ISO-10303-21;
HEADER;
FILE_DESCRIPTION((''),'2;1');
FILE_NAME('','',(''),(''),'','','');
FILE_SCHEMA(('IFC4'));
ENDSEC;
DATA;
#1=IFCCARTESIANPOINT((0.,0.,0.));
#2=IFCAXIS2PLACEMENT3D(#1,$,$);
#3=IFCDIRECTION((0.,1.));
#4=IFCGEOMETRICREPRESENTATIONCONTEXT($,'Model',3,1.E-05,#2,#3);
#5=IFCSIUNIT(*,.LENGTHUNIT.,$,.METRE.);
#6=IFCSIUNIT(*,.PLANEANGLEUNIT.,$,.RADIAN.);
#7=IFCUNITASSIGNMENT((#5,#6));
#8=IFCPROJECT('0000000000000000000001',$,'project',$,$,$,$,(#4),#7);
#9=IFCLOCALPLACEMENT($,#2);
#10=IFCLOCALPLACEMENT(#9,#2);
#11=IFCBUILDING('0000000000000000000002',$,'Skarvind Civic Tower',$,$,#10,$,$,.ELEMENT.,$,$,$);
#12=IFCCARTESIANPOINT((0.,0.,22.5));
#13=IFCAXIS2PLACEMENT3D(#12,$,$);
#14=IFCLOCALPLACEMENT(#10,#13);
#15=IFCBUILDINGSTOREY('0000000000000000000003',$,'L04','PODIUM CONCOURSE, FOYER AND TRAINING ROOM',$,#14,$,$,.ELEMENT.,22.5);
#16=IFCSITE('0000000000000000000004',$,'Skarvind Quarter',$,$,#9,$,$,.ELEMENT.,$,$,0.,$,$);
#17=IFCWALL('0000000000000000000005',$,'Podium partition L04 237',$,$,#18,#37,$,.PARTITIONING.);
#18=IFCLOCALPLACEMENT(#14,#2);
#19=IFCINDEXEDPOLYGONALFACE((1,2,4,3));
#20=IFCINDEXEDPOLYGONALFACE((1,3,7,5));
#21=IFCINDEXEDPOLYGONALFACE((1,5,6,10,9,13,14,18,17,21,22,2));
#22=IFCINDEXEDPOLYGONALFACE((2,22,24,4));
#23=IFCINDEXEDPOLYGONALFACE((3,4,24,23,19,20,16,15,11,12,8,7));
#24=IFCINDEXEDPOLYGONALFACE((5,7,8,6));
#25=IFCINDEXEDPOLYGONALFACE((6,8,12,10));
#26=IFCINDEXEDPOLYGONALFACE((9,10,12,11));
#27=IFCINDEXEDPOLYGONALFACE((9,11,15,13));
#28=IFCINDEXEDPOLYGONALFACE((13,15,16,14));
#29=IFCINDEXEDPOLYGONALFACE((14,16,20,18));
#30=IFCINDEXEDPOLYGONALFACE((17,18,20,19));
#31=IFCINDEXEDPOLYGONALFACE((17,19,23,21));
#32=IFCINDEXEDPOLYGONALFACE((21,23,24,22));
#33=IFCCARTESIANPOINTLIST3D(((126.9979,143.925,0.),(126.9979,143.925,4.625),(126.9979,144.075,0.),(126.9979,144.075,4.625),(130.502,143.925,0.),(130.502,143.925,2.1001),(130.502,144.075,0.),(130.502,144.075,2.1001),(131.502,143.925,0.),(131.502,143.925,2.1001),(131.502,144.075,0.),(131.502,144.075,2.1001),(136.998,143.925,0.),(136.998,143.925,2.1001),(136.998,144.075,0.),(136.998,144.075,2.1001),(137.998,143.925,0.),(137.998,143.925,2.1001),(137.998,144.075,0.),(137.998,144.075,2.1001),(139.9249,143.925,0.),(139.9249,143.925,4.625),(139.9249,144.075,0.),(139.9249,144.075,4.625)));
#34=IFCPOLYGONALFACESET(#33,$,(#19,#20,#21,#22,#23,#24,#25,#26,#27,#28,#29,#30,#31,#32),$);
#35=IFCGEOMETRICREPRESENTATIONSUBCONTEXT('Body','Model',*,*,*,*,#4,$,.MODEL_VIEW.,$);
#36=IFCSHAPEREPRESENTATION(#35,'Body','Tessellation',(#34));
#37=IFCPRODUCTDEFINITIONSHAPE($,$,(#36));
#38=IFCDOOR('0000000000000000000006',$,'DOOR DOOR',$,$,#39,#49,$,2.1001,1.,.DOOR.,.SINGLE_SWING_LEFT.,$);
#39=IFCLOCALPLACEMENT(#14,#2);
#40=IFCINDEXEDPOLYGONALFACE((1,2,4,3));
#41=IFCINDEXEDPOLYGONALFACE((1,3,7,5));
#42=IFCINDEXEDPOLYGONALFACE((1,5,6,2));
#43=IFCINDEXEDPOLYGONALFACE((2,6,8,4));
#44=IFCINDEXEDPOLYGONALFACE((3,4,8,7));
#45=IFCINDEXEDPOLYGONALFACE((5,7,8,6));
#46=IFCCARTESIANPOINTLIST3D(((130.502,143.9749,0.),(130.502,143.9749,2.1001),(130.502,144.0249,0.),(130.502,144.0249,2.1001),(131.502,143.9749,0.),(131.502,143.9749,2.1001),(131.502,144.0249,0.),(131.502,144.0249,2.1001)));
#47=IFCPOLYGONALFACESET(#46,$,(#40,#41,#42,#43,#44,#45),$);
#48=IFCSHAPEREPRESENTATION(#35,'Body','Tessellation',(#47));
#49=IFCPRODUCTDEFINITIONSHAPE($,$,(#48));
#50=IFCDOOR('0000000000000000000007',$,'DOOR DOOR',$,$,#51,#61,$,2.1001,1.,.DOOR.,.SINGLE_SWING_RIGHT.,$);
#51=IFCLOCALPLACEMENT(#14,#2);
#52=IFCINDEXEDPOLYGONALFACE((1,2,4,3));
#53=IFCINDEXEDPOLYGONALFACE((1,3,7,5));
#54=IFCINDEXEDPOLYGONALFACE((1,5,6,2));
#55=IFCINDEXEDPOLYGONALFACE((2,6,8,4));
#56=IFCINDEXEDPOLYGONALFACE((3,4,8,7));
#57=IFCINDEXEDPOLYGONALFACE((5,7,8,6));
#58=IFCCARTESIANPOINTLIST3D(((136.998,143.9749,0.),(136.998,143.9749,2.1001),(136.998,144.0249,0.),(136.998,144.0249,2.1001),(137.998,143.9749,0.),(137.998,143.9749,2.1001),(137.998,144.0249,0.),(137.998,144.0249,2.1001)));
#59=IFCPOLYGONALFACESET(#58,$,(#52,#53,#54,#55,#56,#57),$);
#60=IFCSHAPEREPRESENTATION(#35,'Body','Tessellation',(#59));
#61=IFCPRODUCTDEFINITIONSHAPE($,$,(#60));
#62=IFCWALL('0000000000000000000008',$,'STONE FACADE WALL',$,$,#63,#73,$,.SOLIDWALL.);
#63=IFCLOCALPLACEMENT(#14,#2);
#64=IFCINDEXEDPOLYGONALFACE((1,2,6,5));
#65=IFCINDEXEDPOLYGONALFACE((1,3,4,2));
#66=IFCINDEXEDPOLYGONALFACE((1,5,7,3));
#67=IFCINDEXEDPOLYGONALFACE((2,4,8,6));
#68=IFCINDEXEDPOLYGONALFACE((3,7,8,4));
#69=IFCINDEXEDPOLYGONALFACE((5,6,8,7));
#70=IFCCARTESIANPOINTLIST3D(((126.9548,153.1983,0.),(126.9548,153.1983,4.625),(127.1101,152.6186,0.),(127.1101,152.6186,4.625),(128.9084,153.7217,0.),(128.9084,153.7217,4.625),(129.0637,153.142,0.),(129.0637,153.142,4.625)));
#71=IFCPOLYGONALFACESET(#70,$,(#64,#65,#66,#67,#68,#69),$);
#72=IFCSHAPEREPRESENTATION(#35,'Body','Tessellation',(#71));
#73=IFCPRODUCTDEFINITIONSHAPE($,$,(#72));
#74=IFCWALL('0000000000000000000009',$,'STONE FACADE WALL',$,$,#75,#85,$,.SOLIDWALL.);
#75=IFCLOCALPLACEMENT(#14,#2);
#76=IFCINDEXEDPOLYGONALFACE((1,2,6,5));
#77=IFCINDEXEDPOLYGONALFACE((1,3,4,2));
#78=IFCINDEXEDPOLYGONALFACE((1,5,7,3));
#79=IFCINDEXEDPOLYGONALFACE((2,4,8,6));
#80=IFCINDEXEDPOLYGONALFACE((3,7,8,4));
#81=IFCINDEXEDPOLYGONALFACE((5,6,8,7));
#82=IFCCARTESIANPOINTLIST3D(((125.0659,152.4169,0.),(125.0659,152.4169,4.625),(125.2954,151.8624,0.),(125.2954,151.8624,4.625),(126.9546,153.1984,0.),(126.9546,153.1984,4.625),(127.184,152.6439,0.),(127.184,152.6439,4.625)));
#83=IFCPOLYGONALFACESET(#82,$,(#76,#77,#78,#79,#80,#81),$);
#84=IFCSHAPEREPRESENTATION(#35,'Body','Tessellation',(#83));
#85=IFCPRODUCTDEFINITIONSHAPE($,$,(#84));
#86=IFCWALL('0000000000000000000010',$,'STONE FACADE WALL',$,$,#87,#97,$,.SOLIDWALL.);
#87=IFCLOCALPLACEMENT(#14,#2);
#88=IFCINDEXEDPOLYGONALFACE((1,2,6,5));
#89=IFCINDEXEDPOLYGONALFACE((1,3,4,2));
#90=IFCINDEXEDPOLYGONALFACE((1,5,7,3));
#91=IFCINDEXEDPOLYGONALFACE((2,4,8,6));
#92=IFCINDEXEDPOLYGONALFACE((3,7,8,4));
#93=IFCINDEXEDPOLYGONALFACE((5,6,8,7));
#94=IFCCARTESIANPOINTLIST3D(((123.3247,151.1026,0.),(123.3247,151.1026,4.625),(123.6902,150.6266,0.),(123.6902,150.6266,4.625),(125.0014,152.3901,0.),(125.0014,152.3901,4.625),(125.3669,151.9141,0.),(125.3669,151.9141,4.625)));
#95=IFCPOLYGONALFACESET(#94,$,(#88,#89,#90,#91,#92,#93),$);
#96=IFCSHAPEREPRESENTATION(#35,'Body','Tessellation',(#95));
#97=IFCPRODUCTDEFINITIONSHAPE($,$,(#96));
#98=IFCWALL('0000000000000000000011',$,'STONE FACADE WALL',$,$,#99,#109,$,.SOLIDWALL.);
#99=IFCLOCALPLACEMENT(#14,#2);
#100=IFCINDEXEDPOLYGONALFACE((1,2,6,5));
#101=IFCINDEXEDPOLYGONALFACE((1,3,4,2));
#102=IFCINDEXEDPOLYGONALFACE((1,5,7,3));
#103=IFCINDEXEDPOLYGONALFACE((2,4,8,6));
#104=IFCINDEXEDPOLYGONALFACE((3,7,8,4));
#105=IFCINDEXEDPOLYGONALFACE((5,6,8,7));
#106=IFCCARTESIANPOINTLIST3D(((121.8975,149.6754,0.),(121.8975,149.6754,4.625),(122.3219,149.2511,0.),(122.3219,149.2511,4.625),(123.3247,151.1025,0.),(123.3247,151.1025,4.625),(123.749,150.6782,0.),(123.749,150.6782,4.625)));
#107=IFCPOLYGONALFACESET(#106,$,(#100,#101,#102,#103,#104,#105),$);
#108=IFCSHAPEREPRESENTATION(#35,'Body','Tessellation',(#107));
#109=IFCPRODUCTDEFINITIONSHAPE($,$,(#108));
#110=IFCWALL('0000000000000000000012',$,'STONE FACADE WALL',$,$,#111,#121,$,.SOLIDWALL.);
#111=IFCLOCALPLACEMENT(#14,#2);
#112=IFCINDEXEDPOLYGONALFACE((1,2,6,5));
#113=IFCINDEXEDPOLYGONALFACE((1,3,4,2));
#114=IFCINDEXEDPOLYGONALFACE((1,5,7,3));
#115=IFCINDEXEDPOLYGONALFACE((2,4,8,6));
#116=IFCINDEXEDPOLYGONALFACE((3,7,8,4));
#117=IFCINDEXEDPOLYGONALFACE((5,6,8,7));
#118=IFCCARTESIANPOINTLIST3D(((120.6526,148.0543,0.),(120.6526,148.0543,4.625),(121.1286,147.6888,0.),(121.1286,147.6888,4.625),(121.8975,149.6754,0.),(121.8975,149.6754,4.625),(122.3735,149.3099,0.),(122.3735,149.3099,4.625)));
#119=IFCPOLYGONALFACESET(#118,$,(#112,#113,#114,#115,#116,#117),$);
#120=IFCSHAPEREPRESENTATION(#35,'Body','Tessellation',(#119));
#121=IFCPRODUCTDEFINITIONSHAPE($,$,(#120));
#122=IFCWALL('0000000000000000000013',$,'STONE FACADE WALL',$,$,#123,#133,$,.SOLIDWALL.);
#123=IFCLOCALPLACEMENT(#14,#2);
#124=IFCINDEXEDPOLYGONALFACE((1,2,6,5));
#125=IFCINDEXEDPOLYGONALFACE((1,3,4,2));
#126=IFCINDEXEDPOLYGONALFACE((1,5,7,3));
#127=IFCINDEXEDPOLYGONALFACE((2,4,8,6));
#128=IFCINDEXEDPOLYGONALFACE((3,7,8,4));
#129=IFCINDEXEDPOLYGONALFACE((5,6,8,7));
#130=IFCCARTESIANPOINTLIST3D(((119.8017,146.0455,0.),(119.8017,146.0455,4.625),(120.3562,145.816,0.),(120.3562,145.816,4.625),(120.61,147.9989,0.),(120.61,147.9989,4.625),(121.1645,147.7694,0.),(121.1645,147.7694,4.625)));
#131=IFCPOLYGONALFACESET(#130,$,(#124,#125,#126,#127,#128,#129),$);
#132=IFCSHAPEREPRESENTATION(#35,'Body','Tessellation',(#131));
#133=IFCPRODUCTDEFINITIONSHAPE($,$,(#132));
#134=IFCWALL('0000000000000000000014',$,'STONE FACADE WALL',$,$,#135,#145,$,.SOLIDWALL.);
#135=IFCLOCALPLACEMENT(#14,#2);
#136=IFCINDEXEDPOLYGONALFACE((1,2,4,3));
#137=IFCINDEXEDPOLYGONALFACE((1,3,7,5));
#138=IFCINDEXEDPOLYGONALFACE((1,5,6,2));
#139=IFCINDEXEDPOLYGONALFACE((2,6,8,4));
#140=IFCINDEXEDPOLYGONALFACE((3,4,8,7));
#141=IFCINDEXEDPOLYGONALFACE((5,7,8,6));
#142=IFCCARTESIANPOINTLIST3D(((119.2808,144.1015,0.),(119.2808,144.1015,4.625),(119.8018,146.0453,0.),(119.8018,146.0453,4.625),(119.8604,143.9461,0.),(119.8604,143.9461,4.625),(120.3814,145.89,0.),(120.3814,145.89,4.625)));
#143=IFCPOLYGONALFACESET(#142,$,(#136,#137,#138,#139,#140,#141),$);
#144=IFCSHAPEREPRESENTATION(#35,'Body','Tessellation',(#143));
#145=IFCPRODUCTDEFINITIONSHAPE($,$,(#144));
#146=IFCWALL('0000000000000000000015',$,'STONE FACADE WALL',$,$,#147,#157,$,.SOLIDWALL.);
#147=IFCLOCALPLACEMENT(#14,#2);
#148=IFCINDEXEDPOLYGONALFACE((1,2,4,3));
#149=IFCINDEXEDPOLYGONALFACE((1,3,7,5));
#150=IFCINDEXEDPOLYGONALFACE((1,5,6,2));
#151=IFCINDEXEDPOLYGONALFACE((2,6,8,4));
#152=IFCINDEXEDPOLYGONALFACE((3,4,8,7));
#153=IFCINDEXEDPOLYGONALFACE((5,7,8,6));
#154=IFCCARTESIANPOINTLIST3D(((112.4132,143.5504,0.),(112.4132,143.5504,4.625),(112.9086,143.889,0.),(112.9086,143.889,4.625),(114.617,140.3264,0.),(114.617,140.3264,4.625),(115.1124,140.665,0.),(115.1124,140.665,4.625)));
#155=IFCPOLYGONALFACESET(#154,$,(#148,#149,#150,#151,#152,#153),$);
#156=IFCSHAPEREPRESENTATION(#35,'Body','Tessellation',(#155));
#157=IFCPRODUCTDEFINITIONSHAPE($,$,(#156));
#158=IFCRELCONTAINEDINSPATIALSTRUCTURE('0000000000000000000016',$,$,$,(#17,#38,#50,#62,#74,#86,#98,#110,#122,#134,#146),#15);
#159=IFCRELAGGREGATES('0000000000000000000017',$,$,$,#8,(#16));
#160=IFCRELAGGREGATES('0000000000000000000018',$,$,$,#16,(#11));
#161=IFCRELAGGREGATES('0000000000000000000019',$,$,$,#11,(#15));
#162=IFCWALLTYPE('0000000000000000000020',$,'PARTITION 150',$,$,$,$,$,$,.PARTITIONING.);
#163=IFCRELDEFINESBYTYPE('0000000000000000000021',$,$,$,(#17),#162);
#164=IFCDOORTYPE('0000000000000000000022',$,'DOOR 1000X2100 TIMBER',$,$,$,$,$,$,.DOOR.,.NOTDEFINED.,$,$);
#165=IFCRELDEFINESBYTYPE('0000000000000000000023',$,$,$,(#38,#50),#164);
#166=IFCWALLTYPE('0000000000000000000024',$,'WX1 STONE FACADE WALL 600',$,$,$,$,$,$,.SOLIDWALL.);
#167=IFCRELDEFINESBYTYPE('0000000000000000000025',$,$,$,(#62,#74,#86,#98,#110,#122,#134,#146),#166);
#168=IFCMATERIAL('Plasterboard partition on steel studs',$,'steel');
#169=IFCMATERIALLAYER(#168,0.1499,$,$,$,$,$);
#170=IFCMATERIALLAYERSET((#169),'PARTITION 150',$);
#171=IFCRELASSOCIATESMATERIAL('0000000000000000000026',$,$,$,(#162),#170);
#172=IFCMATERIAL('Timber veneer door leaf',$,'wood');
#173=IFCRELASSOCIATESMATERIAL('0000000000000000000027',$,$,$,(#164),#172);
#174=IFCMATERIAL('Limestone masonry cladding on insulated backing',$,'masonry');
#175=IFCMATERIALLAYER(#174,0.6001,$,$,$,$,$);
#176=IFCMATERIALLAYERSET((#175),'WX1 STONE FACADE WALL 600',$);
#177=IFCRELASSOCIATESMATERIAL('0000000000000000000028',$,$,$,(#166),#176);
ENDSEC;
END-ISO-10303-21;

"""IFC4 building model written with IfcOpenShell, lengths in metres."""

from ifc_helpers import new_model, si_unit, direction, frame, frame_2d, origin, place, context, subcontext, project, spatial, rectangle, extrude, material, layer, layer_set, type_object, element, fill, save


model = new_model("IFC4")

# Units and contexts
model_context = context("Model", 3, precision=1e-05, world=origin(), true_north=direction((0.0, 1.0)))
body_context = subcontext(model_context, "Body", "Model", "MODEL_VIEW")
ifc_project = project(units=[si_unit("LENGTHUNIT", "METRE"), si_unit("PLANEANGLEUNIT", "RADIAN")], contexts=[model_context])

# Site, building, storey
site_placement = place(None, origin())
site = spatial("IfcSite", under=ifc_project, at=site_placement, Name="Skarvind Quarter", CompositionType="ELEMENT", RefElevation=0.0)
building_placement = place(site_placement, origin())
building = spatial("IfcBuilding", under=site, at=building_placement, Name="Skarvind Civic Tower", CompositionType="ELEMENT")
storey_placement = place(building_placement, frame((0.0, 0.0, 22.5)))
storey = spatial("IfcBuildingStorey", under=building, at=storey_placement, Name="L04", Description="PODIUM CONCOURSE, FOYER AND TRAINING ROOM", CompositionType="ELEMENT", Elevation=22.5)

# Shared definitions
ifc_material_1 = material(Name="Plasterboard partition on steel studs", Category="steel")
ifc_layer_1 = layer(ifc_material_1, 0.1499)
ifc_layer_set_1 = layer_set([ifc_layer_1], Name="PARTITION 150")
wall_type_1 = type_object("IfcWallType", Name="PARTITION 150", PredefinedType="PARTITIONING", material=ifc_layer_set_1)

# Wall, openings, doors
wall_1_placement = place(storey_placement, frame((126.998, 144.0, 0.0), z_axis=(0.0, 0.0, 1.0), x_axis=(1.0, 0.0, 0.0)))
wall_1 = element("IfcWall", 1, at=wall_1_placement, inside=storey, type_object=wall_type_1, Name="Podium partition L04 237", PredefinedType="PARTITIONING", context=body_context, shape_type="SweptSolid", body=[
    extrude(rectangle(XDim=12.927, YDim=0.1499, at=frame_2d((6.4634, 0.0))), origin(), (0.0, 0.0, 1.0), 4.625),
])
opening_1_placement = place(wall_1_placement, frame((3.5039, 0.0, 0.0)))
opening_1 = element("IfcOpeningElement", 2, at=opening_1_placement, cuts=wall_1, PredefinedType="OPENING", context=body_context, shape_type="SweptSolid", body=[
    extrude(rectangle(XDim=1.0, YDim=2.1001, at=frame_2d((0.5, 1.05))), frame((0.0, 0.085, 0.0), z_axis=(0.0, -1.0, 0.0), x_axis=(1.0, 0.0, 0.0)), (0.0, 0.0, 1.0), 0.1699),
])
opening_2_placement = place(wall_1_placement, frame((10.0, 0.0, 0.0)))
opening_2 = element("IfcOpeningElement", 3, at=opening_2_placement, cuts=wall_1, PredefinedType="OPENING", context=body_context, shape_type="SweptSolid", body=[
    extrude(rectangle(XDim=1.0, YDim=2.1001, at=frame_2d((0.5, 1.05))), frame((0.0, 0.085, 0.0), z_axis=(0.0, -1.0, 0.0), x_axis=(1.0, 0.0, 0.0)), (0.0, 0.0, 1.0), 0.1699),
])
ifc_material_2 = material(Name="Timber veneer door leaf", Category="wood")
door_type = type_object("IfcDoorType", Name="DOOR 1000X2100 TIMBER", OperationType="NOTDEFINED", PredefinedType="DOOR", material=ifc_material_2)
door_1_placement = place(opening_1_placement, origin())
door_1 = element("IfcDoor", 4, at=door_1_placement, inside=storey, type_object=door_type, Name="DOOR DOOR", OperationType="SINGLE_SWING_LEFT", OverallHeight=2.1001, OverallWidth=1.0, PredefinedType="DOOR", context=body_context, shape_type="SweptSolid", body=[
    extrude(rectangle(XDim=1.0, YDim=2.1001, at=frame_2d((0.5, 1.05))), frame((0.0, 0.0249, 0.0), z_axis=(0.0, -1.0, 0.0), x_axis=(1.0, 0.0, 0.0)), (0.0, 0.0, 1.0), 0.05),
])
fill(opening_1, door_1)
door_2_placement = place(opening_2_placement, origin())
door_2 = element("IfcDoor", 5, at=door_2_placement, inside=storey, type_object=door_type, Name="DOOR DOOR", OperationType="SINGLE_SWING_RIGHT", OverallHeight=2.1001, OverallWidth=1.0, PredefinedType="DOOR", context=body_context, shape_type="SweptSolid", body=[
    extrude(rectangle(XDim=1.0, YDim=2.1001, at=frame_2d((0.5, 1.05))), frame((0.0, 0.0249, 0.0), z_axis=(0.0, -1.0, 0.0), x_axis=(1.0, 0.0, 0.0)), (0.0, 0.0, 1.0), 0.05),
])
fill(opening_2, door_2)

# Walls
ifc_material_3 = material(Name="Limestone masonry cladding on insulated backing", Category="masonry")
ifc_layer_2 = layer(ifc_material_3, 0.6001)
ifc_layer_set_2 = layer_set([ifc_layer_2], Name="WX1 STONE FACADE WALL 600")
wall_type_2 = type_object("IfcWallType", Name="WX1 STONE FACADE WALL 600", PredefinedType="SOLIDWALL", material=ifc_layer_set_2)
wall_2_placement = place(storey_placement, frame((127.0325, 152.9084, 0.0), z_axis=(0.0, 0.0, 1.0), x_axis=(0.96593, 0.258804, 0.0)))
element("IfcWall", 6, at=wall_2_placement, inside=storey, type_object=wall_type_2, Name="STONE FACADE WALL", PredefinedType="SOLIDWALL", context=body_context, shape_type="SweptSolid", body=[
    extrude(rectangle(XDim=2.0225, YDim=0.6001, at=frame_2d((1.0112, 0.0))), origin(), (0.0, 0.0, 1.0), 4.625),
])
wall_3_placement = place(storey_placement, frame((125.1807, 152.1396, 0.0), z_axis=(0.0, 0.0, 1.0), x_axis=(0.924021, 0.382341, 0.0)))
element("IfcWall", 7, at=wall_3_placement, inside=storey, type_object=wall_type_2, Name="STONE FACADE WALL", PredefinedType="SOLIDWALL", context=body_context, shape_type="SweptSolid", body=[
    extrude(rectangle(XDim=2.0439, YDim=0.6001, at=frame_2d((1.022, 0.0))), origin(), (0.0, 0.0, 1.0), 4.625),
])
wall_4_placement = place(storey_placement, frame((123.5073, 150.8645, 0.0), z_axis=(0.0, 0.0, 1.0), x_axis=(0.79313, 0.609052, 0.0)))
element("IfcWall", 8, at=wall_4_placement, inside=storey, type_object=wall_type_2, Name="STONE FACADE WALL", PredefinedType="SOLIDWALL", context=body_context, shape_type="SweptSolid", body=[
    extrude(rectangle(XDim=2.114, YDim=0.6001, at=frame_2d((1.0571, 0.0))), origin(), (0.0, 0.0, 1.0), 4.625),
])
wall_5_placement = place(storey_placement, frame((122.1096, 149.4631, 0.0), z_axis=(0.0, 0.0, 1.0), x_axis=(0.707107, 0.707107, 0.0)))
element("IfcWall", 9, at=wall_5_placement, inside=storey, type_object=wall_type_2, Name="STONE FACADE WALL", PredefinedType="SOLIDWALL", context=body_context, shape_type="SweptSolid", body=[
    extrude(rectangle(XDim=2.0183, YDim=0.6001, at=frame_2d((1.0093, 0.0))), origin(), (0.0, 0.0, 1.0), 4.625),
])
wall_6_placement = place(storey_placement, frame((120.8906, 147.8716, 0.0), z_axis=(0.0, 0.0, 1.0), x_axis=(0.609058, 0.793125, 0.0)))
element("IfcWall", 10, at=wall_6_placement, inside=storey, type_object=wall_type_2, Name="STONE FACADE WALL", PredefinedType="SOLIDWALL", context=body_context, shape_type="SweptSolid", body=[
    extrude(rectangle(XDim=2.0439, YDim=0.6001, at=frame_2d((1.022, 0.0))), origin(), (0.0, 0.0, 1.0), 4.625),
])
wall_7_placement = place(storey_placement, frame((120.0789, 145.9307, 0.0), z_axis=(0.0, 0.0, 1.0), x_axis=(0.382376, 0.924007, 0.0)))
element("IfcWall", 11, at=wall_7_placement, inside=storey, type_object=wall_type_2, Name="STONE FACADE WALL", PredefinedType="SOLIDWALL", context=body_context, shape_type="SweptSolid", body=[
    extrude(rectangle(XDim=2.114, YDim=0.6001, at=frame_2d((1.0571, 0.0))), origin(), (0.0, 0.0, 1.0), 4.625),
])
wall_8_placement = place(storey_placement, frame((119.5706, 144.0237, 0.0), z_axis=(0.0, 0.0, 1.0), x_axis=(0.258886, 0.965908, 0.0)))
element("IfcWall", 12, at=wall_8_placement, inside=storey, type_object=wall_type_2, Name="STONE FACADE WALL", PredefinedType="SOLIDWALL", context=body_context, shape_type="SweptSolid", body=[
    extrude(rectangle(XDim=2.0125, YDim=0.6001, at=frame_2d((1.0063, 0.0))), origin(), (0.0, 0.0, 1.0), 4.625),
])
wall_9_placement = place(storey_placement, frame((112.6609, 143.7197, 0.0), z_axis=(0.0, 0.0, 1.0), x_axis=(0.564314, -0.82556, 0.0)))
element("IfcWall", 13, at=wall_9_placement, inside=storey, type_object=wall_type_2, Name="STONE FACADE WALL", PredefinedType="SOLIDWALL", context=body_context, shape_type="SweptSolid", body=[
    extrude(rectangle(XDim=3.9053, YDim=0.6001, at=frame_2d((1.9526, 0.0))), origin(), (0.0, 0.0, 1.0), 4.625),
])

save(model, "model.ifc")
